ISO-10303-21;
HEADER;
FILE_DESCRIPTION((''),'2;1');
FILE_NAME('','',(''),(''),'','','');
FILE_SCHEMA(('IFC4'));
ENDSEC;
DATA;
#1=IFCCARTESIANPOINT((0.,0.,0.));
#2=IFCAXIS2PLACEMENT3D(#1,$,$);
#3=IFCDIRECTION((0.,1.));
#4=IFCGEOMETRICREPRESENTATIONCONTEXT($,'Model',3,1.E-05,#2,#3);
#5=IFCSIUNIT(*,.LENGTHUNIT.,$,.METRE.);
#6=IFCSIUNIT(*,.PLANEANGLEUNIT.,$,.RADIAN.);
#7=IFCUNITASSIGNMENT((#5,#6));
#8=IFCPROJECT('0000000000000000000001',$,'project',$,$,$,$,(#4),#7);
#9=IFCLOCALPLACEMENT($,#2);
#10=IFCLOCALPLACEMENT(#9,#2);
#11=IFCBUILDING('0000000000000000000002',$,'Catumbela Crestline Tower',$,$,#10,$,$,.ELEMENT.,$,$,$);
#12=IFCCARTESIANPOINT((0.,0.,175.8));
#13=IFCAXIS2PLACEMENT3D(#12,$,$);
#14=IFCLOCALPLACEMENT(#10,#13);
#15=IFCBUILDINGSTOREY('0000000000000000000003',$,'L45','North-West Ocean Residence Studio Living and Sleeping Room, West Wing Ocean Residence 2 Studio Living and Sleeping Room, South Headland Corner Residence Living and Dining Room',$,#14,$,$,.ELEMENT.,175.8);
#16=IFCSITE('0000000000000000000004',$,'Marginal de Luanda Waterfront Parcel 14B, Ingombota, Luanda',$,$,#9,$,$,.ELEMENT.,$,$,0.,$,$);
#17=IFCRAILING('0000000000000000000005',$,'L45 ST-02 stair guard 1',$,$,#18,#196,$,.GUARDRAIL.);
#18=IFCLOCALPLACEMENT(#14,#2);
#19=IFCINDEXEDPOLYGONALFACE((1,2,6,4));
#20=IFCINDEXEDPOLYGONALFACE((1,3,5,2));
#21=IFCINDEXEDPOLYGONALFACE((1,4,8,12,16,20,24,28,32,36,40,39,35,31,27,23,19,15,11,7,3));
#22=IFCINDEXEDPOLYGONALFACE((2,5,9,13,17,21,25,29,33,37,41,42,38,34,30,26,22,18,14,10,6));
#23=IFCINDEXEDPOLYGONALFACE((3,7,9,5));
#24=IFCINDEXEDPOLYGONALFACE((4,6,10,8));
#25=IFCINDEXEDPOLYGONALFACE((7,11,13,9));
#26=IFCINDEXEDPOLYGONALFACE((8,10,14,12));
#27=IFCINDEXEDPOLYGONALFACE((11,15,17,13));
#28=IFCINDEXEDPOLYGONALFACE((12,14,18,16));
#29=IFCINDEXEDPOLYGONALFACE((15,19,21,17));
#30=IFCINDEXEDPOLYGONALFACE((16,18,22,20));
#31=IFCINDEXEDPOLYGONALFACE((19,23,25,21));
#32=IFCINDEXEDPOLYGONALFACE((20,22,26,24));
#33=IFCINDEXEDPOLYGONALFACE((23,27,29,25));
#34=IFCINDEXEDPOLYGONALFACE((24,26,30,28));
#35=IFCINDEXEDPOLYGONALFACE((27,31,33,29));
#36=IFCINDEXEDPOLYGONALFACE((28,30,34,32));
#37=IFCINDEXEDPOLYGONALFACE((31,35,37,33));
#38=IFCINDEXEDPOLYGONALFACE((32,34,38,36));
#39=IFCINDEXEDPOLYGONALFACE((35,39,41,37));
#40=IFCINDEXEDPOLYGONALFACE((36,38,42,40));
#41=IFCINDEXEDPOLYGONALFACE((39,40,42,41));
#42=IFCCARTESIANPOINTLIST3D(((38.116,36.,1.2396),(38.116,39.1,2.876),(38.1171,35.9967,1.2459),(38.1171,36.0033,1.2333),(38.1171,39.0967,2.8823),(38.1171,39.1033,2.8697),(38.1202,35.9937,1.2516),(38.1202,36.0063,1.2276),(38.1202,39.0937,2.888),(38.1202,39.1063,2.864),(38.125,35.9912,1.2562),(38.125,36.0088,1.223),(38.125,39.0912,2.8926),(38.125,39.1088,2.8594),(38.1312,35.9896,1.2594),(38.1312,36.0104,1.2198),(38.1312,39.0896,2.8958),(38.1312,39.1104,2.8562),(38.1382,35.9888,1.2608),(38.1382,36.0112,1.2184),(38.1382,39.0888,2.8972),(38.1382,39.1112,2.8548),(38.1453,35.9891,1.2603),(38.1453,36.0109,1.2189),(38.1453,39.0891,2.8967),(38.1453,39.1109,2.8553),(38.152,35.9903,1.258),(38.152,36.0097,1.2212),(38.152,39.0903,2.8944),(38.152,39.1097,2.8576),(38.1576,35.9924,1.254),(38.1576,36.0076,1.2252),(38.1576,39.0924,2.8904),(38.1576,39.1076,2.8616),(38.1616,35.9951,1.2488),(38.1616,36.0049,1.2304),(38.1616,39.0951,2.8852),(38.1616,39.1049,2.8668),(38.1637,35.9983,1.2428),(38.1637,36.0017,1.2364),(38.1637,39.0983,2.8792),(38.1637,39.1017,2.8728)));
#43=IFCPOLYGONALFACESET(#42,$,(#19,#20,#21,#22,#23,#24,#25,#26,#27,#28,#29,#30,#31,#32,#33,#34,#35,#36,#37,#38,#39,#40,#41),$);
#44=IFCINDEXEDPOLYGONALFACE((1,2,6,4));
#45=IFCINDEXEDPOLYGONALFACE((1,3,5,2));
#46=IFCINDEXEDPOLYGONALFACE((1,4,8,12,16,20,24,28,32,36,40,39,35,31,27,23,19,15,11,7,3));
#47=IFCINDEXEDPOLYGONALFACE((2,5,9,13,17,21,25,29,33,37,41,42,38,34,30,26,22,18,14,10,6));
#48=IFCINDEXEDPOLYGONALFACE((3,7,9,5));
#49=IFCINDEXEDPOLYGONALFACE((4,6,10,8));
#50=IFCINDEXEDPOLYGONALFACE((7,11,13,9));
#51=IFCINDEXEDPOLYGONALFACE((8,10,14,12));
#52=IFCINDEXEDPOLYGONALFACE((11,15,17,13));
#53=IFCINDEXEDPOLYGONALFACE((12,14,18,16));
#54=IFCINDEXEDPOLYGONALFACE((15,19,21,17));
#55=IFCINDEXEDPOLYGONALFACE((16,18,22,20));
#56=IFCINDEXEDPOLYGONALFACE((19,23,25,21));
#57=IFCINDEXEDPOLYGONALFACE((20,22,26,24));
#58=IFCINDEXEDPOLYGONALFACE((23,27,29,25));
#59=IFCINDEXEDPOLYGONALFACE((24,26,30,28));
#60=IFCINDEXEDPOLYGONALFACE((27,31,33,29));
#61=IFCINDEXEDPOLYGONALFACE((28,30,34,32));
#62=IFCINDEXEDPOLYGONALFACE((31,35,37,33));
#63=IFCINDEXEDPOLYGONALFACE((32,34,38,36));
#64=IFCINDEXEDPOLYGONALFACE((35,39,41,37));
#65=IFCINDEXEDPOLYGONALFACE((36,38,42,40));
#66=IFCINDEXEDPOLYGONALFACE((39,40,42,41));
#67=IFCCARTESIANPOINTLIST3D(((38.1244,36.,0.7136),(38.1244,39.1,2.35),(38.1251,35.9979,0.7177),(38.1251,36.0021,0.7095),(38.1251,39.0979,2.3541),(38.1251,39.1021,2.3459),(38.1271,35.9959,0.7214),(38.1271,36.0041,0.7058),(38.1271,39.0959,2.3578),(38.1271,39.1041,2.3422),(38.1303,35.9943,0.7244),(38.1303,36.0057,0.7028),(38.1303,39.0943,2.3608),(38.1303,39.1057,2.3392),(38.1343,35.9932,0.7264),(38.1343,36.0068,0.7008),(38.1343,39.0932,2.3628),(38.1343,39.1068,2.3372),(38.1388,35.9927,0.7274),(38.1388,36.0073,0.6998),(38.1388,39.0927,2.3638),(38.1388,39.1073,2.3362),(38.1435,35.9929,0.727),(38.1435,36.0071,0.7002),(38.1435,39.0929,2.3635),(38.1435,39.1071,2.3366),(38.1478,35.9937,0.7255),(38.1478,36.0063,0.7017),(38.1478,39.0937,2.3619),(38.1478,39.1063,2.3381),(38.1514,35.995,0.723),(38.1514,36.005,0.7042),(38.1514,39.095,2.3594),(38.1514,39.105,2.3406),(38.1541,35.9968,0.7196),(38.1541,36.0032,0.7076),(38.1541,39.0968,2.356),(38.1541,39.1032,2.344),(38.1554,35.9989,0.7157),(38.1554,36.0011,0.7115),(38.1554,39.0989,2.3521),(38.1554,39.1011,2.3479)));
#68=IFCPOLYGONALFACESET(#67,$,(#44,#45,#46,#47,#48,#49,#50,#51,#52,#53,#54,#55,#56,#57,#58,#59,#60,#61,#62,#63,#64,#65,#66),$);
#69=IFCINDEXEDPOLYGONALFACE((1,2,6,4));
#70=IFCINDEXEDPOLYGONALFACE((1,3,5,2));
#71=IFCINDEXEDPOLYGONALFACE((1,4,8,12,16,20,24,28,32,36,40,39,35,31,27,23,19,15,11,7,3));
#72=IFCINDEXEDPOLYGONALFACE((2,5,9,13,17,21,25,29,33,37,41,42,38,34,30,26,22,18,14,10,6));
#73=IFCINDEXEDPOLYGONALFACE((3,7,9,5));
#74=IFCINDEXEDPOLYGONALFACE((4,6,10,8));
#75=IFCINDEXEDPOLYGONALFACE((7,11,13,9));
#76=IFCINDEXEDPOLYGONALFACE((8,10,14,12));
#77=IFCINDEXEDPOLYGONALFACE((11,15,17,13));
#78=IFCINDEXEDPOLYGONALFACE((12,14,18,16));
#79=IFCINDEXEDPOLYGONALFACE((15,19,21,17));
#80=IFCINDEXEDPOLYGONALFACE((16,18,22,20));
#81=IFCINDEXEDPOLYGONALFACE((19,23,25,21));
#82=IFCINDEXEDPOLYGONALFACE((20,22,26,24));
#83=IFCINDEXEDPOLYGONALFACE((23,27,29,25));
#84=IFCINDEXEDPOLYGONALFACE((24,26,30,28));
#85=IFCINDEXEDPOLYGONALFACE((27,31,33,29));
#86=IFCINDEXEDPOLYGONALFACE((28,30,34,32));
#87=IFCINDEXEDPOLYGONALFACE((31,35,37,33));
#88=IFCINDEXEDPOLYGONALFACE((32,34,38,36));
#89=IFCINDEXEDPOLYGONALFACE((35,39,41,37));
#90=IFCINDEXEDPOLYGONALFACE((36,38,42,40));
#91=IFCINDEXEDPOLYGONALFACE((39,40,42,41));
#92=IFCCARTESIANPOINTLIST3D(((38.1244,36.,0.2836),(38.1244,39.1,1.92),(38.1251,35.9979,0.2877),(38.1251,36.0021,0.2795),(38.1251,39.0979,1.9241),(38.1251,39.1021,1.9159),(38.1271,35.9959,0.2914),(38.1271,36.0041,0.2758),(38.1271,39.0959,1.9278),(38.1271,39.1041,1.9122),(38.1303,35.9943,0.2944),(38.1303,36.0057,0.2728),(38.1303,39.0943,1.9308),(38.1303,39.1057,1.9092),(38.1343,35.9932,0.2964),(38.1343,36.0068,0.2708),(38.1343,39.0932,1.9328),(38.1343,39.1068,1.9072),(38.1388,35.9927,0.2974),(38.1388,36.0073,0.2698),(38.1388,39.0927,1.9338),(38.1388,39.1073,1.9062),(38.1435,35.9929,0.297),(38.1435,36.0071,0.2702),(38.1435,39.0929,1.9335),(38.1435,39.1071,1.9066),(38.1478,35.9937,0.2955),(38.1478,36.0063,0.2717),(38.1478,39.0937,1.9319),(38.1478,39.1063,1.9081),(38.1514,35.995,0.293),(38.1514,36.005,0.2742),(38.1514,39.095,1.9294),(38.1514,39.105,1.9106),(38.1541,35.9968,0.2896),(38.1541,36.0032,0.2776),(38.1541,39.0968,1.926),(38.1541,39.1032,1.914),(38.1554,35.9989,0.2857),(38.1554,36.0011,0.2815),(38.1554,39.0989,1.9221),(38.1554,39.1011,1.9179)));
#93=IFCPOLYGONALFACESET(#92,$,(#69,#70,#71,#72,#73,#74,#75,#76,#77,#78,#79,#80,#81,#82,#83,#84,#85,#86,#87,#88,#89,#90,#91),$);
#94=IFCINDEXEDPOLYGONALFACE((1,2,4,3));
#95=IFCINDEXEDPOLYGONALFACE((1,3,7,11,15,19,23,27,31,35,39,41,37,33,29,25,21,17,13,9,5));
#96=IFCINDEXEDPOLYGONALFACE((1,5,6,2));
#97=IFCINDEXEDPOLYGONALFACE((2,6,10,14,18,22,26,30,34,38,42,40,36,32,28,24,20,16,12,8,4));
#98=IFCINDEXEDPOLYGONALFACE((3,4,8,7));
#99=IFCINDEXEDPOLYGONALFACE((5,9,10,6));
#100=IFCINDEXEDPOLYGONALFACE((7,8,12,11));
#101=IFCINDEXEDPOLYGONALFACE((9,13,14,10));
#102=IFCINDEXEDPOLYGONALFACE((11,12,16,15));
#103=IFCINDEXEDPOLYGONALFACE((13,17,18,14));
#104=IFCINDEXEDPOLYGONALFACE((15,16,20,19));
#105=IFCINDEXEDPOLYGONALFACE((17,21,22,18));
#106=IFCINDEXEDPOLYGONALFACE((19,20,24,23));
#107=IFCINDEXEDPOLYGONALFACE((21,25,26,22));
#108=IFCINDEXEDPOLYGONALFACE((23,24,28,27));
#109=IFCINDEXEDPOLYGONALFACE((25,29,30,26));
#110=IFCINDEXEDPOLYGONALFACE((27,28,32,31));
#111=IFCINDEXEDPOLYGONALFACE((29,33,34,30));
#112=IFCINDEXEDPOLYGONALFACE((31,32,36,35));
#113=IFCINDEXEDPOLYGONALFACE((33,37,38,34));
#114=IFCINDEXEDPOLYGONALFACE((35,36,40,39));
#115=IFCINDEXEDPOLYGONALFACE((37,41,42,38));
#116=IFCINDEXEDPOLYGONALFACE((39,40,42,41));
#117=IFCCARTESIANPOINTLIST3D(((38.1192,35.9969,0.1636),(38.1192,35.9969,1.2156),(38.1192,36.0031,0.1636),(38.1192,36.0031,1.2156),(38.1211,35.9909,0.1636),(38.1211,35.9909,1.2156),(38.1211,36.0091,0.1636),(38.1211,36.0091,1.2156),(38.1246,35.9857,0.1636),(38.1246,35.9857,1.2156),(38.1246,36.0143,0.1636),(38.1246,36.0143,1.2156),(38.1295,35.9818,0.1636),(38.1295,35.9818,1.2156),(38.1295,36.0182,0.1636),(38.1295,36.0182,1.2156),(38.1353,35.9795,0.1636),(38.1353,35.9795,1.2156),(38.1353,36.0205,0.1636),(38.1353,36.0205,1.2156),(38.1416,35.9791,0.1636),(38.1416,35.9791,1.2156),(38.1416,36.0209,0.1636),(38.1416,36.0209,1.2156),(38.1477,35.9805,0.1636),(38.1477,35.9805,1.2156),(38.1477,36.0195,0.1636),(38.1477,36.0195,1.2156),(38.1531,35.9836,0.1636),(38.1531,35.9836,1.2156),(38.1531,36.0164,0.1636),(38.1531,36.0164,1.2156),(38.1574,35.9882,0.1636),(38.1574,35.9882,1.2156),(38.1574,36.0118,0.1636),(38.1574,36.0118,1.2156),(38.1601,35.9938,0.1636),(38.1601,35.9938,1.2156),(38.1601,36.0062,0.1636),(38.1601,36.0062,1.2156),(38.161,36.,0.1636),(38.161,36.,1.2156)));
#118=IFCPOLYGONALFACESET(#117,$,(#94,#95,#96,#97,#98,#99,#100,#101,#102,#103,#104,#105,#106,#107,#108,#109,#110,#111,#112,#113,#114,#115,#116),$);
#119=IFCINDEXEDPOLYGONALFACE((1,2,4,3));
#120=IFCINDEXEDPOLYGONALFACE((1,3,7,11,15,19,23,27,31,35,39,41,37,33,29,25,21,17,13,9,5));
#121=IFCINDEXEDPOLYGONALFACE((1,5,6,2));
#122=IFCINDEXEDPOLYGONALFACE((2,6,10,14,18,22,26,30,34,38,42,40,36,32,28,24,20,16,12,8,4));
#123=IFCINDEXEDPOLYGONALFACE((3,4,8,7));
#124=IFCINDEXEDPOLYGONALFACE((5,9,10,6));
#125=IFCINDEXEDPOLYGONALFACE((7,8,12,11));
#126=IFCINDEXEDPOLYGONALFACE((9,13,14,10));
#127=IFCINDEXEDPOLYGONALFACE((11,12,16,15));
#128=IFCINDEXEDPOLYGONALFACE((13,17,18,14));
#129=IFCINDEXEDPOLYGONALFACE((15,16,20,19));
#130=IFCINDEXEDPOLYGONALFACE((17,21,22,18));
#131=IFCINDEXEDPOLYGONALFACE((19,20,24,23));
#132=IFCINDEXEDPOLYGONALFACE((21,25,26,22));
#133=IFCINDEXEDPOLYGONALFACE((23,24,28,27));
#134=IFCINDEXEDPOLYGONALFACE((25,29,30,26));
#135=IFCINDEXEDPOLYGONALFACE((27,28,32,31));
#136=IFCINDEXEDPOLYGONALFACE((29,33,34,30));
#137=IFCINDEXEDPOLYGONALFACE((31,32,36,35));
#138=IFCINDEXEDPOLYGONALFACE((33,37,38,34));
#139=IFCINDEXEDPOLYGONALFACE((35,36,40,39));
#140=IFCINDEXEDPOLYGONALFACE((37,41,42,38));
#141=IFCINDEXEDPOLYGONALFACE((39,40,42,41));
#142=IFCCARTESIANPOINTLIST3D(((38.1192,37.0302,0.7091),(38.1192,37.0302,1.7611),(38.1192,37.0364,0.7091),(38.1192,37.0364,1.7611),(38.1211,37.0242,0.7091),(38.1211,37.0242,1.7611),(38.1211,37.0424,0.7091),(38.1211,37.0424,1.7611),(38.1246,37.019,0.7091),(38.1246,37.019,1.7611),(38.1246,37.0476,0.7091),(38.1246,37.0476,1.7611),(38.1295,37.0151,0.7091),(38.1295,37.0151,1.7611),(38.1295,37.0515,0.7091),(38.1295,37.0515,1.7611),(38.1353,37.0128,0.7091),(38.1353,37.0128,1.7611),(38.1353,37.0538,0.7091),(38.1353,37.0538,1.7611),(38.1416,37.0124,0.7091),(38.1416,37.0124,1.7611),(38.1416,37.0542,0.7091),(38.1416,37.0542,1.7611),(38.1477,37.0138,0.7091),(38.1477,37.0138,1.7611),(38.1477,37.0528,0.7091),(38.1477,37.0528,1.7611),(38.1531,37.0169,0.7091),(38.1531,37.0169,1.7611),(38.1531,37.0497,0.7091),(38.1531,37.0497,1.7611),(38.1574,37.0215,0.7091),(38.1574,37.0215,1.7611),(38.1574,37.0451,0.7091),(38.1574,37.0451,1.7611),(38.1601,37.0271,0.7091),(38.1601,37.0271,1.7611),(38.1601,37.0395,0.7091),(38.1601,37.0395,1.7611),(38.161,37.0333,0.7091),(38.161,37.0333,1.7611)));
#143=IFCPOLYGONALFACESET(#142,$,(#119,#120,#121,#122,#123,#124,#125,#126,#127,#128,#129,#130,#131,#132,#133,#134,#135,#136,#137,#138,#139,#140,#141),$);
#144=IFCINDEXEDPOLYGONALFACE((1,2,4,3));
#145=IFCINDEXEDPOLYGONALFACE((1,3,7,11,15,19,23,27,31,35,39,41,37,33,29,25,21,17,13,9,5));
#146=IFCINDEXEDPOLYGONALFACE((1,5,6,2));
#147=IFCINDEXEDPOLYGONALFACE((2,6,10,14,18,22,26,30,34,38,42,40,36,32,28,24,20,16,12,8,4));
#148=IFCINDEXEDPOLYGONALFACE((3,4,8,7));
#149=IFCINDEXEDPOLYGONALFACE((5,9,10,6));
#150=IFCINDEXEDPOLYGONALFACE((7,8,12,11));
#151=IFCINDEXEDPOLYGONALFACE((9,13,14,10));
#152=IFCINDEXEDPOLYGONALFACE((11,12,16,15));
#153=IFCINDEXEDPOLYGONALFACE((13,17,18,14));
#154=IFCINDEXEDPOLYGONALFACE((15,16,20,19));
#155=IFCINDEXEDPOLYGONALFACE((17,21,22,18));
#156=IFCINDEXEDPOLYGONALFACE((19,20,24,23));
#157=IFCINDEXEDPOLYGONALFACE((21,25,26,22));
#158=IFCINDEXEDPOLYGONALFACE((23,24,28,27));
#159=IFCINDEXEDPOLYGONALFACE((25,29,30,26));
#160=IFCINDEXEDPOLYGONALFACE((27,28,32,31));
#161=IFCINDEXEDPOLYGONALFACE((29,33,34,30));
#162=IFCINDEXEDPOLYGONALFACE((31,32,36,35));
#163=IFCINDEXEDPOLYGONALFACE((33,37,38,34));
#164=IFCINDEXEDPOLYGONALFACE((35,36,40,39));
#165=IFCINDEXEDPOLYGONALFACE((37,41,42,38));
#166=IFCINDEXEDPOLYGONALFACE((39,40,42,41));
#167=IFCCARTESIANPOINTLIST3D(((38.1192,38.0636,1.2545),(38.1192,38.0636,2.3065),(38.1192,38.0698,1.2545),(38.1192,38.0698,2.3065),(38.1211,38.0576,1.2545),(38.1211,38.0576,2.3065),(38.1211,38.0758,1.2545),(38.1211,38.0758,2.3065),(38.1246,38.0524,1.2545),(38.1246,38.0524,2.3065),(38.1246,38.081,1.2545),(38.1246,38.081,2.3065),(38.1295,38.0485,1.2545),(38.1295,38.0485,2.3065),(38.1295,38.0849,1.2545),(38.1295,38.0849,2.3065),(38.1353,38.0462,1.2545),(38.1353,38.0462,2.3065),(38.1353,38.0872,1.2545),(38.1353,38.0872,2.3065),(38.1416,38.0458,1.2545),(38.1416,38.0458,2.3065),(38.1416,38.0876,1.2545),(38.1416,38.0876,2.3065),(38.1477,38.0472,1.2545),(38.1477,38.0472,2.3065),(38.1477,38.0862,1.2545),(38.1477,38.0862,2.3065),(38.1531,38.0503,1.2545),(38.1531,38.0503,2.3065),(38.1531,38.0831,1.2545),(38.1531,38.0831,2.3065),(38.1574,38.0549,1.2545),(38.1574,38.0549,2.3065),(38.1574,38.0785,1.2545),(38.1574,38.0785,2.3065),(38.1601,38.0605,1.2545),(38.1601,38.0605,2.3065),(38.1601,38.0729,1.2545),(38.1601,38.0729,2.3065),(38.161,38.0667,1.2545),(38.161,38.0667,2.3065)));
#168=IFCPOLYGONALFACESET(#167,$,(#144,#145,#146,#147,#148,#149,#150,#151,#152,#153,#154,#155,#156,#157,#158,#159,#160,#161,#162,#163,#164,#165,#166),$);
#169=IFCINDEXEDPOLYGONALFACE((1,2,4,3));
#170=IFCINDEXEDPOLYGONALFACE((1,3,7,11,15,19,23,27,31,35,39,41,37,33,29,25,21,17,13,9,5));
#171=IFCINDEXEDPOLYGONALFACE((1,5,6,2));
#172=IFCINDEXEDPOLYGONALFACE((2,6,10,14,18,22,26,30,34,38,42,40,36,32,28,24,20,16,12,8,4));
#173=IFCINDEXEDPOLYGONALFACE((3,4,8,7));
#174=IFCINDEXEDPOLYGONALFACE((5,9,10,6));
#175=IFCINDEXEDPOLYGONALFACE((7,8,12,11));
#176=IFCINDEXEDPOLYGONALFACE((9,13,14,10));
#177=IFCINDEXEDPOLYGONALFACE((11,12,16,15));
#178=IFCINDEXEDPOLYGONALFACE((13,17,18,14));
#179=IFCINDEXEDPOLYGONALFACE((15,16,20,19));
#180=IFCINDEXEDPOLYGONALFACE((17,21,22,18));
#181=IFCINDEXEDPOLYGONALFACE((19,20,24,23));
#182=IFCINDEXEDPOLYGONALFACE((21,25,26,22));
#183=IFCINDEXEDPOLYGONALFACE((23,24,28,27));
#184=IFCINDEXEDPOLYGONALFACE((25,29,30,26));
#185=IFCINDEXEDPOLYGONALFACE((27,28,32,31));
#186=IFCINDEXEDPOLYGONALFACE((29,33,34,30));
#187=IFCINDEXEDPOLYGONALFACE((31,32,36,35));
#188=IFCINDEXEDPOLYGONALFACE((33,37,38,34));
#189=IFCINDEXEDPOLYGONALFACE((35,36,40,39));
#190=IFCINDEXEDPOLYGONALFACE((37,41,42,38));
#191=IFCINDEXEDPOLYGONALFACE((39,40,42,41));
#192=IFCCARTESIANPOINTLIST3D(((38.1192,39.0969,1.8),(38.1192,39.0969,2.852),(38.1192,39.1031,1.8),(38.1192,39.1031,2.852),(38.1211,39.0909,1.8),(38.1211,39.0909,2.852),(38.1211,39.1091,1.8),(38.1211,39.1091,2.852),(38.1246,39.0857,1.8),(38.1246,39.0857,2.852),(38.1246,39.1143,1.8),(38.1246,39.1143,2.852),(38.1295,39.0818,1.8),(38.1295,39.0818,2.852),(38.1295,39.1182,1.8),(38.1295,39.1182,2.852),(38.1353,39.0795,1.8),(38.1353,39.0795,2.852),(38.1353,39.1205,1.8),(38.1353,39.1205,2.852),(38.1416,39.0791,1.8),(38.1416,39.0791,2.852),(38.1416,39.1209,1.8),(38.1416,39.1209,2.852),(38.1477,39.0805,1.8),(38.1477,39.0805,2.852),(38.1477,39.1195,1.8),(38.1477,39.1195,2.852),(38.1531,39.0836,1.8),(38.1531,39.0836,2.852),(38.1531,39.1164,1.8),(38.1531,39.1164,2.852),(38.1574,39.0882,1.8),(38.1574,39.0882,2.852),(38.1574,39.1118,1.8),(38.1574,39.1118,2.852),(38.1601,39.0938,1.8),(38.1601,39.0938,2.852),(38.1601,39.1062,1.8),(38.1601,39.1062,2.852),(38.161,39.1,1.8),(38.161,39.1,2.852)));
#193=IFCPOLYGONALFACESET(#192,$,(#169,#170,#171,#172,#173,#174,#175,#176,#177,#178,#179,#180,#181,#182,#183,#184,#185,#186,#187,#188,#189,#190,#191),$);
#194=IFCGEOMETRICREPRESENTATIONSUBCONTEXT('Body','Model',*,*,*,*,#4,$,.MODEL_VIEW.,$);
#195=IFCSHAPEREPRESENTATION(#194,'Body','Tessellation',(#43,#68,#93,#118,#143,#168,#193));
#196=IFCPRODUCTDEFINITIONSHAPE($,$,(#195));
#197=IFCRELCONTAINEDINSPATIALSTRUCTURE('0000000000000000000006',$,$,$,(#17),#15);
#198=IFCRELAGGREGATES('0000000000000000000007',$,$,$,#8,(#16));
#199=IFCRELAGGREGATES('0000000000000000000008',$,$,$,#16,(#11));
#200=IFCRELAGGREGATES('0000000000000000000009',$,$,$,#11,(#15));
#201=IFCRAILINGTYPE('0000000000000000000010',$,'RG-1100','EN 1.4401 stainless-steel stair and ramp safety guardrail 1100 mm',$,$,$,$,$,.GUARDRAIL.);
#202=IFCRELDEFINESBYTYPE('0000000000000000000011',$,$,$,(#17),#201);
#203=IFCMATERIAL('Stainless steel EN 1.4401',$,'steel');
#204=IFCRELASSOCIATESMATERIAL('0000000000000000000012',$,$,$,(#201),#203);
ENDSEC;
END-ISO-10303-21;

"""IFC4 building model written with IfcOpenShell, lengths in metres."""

from ifc_helpers import new_model, si_unit, direction, frame, origin, origin_2d, place, context, subcontext, project, spatial, circle, extrude, material, type_object, element, save


model = new_model("IFC4")

# Units and contexts
model_context = context("Model", 3, precision=1e-05, world=origin(), true_north=direction((0.0, 1.0)))
body_context = subcontext(model_context, "Body", "Model", "MODEL_VIEW")
ifc_project = project(units=[si_unit("LENGTHUNIT", "METRE"), si_unit("PLANEANGLEUNIT", "RADIAN")], contexts=[model_context])

# Site, building, storey
site_placement = place(None, origin())
site = spatial("IfcSite", under=ifc_project, at=site_placement, Name="Marginal de Luanda Waterfront Parcel 14B, Ingombota, Luanda", CompositionType="ELEMENT", RefElevation=0.0)
building_placement = place(site_placement, origin())
building = spatial("IfcBuilding", under=site, at=building_placement, Name="Catumbela Crestline Tower", CompositionType="ELEMENT")
storey_placement = place(building_placement, frame((0.0, 0.0, 175.8)))
storey = spatial("IfcBuildingStorey", under=building, at=storey_placement, Name="L45", Description="North-West Ocean Residence Studio Living and Sleeping Room, West Wing Ocean Residence 2 Studio Living and Sleeping Room, South Headland Corner Residence Living and Dining Room", CompositionType="ELEMENT", Elevation=175.8)

# Shared definitions
ifc_material_1 = material(Name="Stainless steel EN 1.4401", Category="steel")

# Railing
railing_type_1 = type_object("IfcRailingType", Name="RG-1100", Description="EN 1.4401 stainless-steel stair and ramp safety guardrail 1100 mm", PredefinedType="GUARDRAIL", material=ifc_material_1)
railing_1_placement = place(storey_placement, frame((38.14, 36.0, 0.1636)))
element("IfcRailing", 1, at=railing_1_placement, inside=storey, type_object=railing_type_1, Name="L45 ST-02 stair guard 1", PredefinedType="GUARDRAIL", context=body_context, shape_type="SweptSolid", body=[
    extrude(circle(Radius=0.024, at=origin_2d()), frame((0.0, 0.0, 1.076), z_axis=(0.0, 0.884351, 0.466823), x_axis=(-1.0, 0.0, 0.0)), (0.0, 0.0, 1.0), 3.5054),
    extrude(circle(Radius=0.0156, at=origin_2d()), frame((0.0, 0.0, 0.55), z_axis=(0.0, 0.884351, 0.466823), x_axis=(-1.0, 0.0, 0.0)), (0.0, 0.0, 1.0), 3.5054),
    extrude(circle(Radius=0.0156, at=origin_2d()), frame((0.0, 0.0, 0.12), z_axis=(0.0, 0.884351, 0.466823), x_axis=(-1.0, 0.0, 0.0)), (0.0, 0.0, 1.0), 3.5054),
    extrude(circle(Radius=0.021, at=origin_2d()), origin(), (0.0, 0.0, 1.0), 1.052),
    extrude(circle(Radius=0.021, at=origin_2d()), frame((0.0, 1.0333, 0.5455)), (0.0, 0.0, 1.0), 1.052),
    extrude(circle(Radius=0.021, at=origin_2d()), frame((0.0, 2.0667, 1.0909)), (0.0, 0.0, 1.0), 1.052),
    extrude(circle(Radius=0.021, at=origin_2d()), frame((0.0, 3.1, 1.6364)), (0.0, 0.0, 1.0), 1.052),
])

save(model, "model.ifc")
